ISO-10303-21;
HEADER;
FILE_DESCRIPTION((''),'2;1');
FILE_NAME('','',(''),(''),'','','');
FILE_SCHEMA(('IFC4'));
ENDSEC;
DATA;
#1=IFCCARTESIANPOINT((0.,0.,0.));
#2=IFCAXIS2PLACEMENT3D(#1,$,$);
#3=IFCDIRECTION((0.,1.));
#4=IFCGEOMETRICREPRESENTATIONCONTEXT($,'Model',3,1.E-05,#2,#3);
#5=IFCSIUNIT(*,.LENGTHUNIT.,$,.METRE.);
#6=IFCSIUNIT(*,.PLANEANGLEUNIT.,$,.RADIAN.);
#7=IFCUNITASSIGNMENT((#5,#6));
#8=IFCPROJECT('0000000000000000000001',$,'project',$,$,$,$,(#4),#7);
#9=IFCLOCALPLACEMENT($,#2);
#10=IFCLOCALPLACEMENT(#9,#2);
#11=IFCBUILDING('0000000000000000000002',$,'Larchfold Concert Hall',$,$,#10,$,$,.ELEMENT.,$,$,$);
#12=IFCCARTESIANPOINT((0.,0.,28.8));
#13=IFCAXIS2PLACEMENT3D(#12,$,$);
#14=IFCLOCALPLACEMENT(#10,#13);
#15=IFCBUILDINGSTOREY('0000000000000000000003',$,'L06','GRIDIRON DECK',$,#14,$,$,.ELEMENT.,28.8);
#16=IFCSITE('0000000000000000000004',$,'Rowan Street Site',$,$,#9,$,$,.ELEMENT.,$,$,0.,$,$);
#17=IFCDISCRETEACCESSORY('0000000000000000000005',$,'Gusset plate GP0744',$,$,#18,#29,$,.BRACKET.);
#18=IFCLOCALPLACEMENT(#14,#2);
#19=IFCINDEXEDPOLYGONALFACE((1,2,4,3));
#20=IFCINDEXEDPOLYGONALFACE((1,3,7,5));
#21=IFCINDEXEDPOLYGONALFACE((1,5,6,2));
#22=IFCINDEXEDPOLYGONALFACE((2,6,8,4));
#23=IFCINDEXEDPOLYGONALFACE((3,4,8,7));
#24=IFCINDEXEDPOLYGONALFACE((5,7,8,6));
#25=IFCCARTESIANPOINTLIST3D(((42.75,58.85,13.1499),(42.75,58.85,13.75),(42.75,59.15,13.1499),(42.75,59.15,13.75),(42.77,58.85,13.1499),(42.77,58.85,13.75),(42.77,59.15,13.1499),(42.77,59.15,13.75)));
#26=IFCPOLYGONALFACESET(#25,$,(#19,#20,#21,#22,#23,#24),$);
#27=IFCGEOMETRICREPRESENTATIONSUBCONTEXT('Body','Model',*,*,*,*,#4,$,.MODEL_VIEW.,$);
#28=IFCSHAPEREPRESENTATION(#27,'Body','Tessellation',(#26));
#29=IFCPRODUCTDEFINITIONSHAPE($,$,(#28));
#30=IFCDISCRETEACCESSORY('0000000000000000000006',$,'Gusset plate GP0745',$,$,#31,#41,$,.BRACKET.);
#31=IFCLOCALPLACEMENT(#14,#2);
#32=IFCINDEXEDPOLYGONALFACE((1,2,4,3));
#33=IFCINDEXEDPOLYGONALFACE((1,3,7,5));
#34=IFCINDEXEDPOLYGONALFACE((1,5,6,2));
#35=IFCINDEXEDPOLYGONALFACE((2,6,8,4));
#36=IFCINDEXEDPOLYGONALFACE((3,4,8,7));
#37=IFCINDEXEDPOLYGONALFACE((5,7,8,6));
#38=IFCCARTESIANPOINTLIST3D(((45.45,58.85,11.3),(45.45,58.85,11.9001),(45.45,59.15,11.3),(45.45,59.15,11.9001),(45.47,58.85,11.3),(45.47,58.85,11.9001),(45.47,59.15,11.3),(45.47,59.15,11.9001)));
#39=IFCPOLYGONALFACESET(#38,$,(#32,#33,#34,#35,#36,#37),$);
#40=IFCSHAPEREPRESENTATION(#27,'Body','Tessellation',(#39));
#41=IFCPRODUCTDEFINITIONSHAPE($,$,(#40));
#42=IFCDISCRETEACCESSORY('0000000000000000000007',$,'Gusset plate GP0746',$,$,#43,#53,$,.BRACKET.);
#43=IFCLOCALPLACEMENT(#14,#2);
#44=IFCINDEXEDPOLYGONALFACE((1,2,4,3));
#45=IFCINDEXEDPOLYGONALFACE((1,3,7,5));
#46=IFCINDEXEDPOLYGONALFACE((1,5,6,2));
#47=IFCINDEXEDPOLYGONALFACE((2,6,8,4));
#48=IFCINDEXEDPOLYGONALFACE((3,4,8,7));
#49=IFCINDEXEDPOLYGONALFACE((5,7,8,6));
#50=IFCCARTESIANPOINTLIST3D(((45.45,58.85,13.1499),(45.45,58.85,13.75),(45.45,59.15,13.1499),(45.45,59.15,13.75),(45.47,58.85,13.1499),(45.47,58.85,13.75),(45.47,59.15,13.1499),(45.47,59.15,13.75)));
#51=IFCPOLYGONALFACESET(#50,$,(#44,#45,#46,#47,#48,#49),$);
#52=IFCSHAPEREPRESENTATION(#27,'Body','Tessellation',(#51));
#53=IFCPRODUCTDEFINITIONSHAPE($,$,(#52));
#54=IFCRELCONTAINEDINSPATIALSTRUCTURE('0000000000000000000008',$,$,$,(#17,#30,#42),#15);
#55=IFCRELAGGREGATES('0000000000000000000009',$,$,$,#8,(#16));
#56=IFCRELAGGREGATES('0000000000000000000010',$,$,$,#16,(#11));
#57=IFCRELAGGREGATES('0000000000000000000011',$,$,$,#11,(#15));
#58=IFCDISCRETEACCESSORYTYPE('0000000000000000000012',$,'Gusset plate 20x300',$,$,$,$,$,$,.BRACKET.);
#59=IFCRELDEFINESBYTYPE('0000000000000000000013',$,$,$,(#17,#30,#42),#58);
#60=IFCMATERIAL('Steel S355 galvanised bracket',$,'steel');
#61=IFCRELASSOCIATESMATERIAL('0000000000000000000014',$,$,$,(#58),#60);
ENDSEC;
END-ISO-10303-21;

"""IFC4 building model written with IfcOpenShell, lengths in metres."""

from ifc_helpers import new_model, si_unit, direction, frame, origin, origin_2d, place, context, subcontext, project, spatial, rectangle, extrude, material, material_profile, profile_set, type_object, element, save


model = new_model("IFC4")

# Units and contexts
model_context = context("Model", 3, precision=1e-05, world=origin(), true_north=direction((0.0, 1.0)))
body_context = subcontext(model_context, "Body", "Model", "MODEL_VIEW")
ifc_project = project(units=[si_unit("LENGTHUNIT", "METRE"), si_unit("PLANEANGLEUNIT", "RADIAN")], contexts=[model_context])

# Site, building, storey
site_placement = place(None, origin())
site = spatial("IfcSite", under=ifc_project, at=site_placement, Name="Rowan Street Site", CompositionType="ELEMENT", RefElevation=0.0)
building_placement = place(site_placement, origin())
building = spatial("IfcBuilding", under=site, at=building_placement, Name="Larchfold Concert Hall", CompositionType="ELEMENT")
storey_placement = place(building_placement, frame((0.0, 0.0, 28.8)))
storey = spatial("IfcBuildingStorey", under=building, at=storey_placement, Name="L06", Description="GRIDIRON DECK", CompositionType="ELEMENT", Elevation=28.8)

# Discrete accessories
ifc_material_1 = material(Name="Steel S355 galvanised bracket", Category="steel")
ifc_material_profile_1 = material_profile(ifc_material_1, rectangle(XDim=0.02, YDim=0.3, at=origin_2d()))
ifc_profile_set_1 = profile_set([ifc_material_profile_1], Name="Steel S355 galvanised bracket")
discrete_accessory_type_1 = type_object("IfcDiscreteAccessoryType", Name="Gusset plate 20x300", PredefinedType="BRACKET", material=ifc_profile_set_1)
for number, where, z_axis, x_axis, name in (
    (1, (42.76, 59.0, 13.1499), (0.0, 0.0, 1.0), (1.0, 0.0, 0.0), "Gusset plate GP0744"),
    (2, (45.46, 59.0, 11.3), (0.0, 0.0, 1.0), (1.0, 0.0, 0.0), "Gusset plate GP0745"),
    (3, (45.46, 59.0, 13.1499), (0.0, 0.0, 1.0), (1.0, 0.0, 0.0), "Gusset plate GP0746"),
):
    element("IfcDiscreteAccessory", number, at=place(storey_placement, frame(where, z_axis=z_axis, x_axis=x_axis)), inside=storey, type_object=discrete_accessory_type_1, Name=name, PredefinedType="BRACKET", context=body_context, shape_type="SweptSolid", body=[
        extrude(rectangle(XDim=0.02, YDim=0.3, at=origin_2d()), origin(), (0.0, 0.0, 1.0), 0.6001),
    ])

save(model, "model.ifc")
